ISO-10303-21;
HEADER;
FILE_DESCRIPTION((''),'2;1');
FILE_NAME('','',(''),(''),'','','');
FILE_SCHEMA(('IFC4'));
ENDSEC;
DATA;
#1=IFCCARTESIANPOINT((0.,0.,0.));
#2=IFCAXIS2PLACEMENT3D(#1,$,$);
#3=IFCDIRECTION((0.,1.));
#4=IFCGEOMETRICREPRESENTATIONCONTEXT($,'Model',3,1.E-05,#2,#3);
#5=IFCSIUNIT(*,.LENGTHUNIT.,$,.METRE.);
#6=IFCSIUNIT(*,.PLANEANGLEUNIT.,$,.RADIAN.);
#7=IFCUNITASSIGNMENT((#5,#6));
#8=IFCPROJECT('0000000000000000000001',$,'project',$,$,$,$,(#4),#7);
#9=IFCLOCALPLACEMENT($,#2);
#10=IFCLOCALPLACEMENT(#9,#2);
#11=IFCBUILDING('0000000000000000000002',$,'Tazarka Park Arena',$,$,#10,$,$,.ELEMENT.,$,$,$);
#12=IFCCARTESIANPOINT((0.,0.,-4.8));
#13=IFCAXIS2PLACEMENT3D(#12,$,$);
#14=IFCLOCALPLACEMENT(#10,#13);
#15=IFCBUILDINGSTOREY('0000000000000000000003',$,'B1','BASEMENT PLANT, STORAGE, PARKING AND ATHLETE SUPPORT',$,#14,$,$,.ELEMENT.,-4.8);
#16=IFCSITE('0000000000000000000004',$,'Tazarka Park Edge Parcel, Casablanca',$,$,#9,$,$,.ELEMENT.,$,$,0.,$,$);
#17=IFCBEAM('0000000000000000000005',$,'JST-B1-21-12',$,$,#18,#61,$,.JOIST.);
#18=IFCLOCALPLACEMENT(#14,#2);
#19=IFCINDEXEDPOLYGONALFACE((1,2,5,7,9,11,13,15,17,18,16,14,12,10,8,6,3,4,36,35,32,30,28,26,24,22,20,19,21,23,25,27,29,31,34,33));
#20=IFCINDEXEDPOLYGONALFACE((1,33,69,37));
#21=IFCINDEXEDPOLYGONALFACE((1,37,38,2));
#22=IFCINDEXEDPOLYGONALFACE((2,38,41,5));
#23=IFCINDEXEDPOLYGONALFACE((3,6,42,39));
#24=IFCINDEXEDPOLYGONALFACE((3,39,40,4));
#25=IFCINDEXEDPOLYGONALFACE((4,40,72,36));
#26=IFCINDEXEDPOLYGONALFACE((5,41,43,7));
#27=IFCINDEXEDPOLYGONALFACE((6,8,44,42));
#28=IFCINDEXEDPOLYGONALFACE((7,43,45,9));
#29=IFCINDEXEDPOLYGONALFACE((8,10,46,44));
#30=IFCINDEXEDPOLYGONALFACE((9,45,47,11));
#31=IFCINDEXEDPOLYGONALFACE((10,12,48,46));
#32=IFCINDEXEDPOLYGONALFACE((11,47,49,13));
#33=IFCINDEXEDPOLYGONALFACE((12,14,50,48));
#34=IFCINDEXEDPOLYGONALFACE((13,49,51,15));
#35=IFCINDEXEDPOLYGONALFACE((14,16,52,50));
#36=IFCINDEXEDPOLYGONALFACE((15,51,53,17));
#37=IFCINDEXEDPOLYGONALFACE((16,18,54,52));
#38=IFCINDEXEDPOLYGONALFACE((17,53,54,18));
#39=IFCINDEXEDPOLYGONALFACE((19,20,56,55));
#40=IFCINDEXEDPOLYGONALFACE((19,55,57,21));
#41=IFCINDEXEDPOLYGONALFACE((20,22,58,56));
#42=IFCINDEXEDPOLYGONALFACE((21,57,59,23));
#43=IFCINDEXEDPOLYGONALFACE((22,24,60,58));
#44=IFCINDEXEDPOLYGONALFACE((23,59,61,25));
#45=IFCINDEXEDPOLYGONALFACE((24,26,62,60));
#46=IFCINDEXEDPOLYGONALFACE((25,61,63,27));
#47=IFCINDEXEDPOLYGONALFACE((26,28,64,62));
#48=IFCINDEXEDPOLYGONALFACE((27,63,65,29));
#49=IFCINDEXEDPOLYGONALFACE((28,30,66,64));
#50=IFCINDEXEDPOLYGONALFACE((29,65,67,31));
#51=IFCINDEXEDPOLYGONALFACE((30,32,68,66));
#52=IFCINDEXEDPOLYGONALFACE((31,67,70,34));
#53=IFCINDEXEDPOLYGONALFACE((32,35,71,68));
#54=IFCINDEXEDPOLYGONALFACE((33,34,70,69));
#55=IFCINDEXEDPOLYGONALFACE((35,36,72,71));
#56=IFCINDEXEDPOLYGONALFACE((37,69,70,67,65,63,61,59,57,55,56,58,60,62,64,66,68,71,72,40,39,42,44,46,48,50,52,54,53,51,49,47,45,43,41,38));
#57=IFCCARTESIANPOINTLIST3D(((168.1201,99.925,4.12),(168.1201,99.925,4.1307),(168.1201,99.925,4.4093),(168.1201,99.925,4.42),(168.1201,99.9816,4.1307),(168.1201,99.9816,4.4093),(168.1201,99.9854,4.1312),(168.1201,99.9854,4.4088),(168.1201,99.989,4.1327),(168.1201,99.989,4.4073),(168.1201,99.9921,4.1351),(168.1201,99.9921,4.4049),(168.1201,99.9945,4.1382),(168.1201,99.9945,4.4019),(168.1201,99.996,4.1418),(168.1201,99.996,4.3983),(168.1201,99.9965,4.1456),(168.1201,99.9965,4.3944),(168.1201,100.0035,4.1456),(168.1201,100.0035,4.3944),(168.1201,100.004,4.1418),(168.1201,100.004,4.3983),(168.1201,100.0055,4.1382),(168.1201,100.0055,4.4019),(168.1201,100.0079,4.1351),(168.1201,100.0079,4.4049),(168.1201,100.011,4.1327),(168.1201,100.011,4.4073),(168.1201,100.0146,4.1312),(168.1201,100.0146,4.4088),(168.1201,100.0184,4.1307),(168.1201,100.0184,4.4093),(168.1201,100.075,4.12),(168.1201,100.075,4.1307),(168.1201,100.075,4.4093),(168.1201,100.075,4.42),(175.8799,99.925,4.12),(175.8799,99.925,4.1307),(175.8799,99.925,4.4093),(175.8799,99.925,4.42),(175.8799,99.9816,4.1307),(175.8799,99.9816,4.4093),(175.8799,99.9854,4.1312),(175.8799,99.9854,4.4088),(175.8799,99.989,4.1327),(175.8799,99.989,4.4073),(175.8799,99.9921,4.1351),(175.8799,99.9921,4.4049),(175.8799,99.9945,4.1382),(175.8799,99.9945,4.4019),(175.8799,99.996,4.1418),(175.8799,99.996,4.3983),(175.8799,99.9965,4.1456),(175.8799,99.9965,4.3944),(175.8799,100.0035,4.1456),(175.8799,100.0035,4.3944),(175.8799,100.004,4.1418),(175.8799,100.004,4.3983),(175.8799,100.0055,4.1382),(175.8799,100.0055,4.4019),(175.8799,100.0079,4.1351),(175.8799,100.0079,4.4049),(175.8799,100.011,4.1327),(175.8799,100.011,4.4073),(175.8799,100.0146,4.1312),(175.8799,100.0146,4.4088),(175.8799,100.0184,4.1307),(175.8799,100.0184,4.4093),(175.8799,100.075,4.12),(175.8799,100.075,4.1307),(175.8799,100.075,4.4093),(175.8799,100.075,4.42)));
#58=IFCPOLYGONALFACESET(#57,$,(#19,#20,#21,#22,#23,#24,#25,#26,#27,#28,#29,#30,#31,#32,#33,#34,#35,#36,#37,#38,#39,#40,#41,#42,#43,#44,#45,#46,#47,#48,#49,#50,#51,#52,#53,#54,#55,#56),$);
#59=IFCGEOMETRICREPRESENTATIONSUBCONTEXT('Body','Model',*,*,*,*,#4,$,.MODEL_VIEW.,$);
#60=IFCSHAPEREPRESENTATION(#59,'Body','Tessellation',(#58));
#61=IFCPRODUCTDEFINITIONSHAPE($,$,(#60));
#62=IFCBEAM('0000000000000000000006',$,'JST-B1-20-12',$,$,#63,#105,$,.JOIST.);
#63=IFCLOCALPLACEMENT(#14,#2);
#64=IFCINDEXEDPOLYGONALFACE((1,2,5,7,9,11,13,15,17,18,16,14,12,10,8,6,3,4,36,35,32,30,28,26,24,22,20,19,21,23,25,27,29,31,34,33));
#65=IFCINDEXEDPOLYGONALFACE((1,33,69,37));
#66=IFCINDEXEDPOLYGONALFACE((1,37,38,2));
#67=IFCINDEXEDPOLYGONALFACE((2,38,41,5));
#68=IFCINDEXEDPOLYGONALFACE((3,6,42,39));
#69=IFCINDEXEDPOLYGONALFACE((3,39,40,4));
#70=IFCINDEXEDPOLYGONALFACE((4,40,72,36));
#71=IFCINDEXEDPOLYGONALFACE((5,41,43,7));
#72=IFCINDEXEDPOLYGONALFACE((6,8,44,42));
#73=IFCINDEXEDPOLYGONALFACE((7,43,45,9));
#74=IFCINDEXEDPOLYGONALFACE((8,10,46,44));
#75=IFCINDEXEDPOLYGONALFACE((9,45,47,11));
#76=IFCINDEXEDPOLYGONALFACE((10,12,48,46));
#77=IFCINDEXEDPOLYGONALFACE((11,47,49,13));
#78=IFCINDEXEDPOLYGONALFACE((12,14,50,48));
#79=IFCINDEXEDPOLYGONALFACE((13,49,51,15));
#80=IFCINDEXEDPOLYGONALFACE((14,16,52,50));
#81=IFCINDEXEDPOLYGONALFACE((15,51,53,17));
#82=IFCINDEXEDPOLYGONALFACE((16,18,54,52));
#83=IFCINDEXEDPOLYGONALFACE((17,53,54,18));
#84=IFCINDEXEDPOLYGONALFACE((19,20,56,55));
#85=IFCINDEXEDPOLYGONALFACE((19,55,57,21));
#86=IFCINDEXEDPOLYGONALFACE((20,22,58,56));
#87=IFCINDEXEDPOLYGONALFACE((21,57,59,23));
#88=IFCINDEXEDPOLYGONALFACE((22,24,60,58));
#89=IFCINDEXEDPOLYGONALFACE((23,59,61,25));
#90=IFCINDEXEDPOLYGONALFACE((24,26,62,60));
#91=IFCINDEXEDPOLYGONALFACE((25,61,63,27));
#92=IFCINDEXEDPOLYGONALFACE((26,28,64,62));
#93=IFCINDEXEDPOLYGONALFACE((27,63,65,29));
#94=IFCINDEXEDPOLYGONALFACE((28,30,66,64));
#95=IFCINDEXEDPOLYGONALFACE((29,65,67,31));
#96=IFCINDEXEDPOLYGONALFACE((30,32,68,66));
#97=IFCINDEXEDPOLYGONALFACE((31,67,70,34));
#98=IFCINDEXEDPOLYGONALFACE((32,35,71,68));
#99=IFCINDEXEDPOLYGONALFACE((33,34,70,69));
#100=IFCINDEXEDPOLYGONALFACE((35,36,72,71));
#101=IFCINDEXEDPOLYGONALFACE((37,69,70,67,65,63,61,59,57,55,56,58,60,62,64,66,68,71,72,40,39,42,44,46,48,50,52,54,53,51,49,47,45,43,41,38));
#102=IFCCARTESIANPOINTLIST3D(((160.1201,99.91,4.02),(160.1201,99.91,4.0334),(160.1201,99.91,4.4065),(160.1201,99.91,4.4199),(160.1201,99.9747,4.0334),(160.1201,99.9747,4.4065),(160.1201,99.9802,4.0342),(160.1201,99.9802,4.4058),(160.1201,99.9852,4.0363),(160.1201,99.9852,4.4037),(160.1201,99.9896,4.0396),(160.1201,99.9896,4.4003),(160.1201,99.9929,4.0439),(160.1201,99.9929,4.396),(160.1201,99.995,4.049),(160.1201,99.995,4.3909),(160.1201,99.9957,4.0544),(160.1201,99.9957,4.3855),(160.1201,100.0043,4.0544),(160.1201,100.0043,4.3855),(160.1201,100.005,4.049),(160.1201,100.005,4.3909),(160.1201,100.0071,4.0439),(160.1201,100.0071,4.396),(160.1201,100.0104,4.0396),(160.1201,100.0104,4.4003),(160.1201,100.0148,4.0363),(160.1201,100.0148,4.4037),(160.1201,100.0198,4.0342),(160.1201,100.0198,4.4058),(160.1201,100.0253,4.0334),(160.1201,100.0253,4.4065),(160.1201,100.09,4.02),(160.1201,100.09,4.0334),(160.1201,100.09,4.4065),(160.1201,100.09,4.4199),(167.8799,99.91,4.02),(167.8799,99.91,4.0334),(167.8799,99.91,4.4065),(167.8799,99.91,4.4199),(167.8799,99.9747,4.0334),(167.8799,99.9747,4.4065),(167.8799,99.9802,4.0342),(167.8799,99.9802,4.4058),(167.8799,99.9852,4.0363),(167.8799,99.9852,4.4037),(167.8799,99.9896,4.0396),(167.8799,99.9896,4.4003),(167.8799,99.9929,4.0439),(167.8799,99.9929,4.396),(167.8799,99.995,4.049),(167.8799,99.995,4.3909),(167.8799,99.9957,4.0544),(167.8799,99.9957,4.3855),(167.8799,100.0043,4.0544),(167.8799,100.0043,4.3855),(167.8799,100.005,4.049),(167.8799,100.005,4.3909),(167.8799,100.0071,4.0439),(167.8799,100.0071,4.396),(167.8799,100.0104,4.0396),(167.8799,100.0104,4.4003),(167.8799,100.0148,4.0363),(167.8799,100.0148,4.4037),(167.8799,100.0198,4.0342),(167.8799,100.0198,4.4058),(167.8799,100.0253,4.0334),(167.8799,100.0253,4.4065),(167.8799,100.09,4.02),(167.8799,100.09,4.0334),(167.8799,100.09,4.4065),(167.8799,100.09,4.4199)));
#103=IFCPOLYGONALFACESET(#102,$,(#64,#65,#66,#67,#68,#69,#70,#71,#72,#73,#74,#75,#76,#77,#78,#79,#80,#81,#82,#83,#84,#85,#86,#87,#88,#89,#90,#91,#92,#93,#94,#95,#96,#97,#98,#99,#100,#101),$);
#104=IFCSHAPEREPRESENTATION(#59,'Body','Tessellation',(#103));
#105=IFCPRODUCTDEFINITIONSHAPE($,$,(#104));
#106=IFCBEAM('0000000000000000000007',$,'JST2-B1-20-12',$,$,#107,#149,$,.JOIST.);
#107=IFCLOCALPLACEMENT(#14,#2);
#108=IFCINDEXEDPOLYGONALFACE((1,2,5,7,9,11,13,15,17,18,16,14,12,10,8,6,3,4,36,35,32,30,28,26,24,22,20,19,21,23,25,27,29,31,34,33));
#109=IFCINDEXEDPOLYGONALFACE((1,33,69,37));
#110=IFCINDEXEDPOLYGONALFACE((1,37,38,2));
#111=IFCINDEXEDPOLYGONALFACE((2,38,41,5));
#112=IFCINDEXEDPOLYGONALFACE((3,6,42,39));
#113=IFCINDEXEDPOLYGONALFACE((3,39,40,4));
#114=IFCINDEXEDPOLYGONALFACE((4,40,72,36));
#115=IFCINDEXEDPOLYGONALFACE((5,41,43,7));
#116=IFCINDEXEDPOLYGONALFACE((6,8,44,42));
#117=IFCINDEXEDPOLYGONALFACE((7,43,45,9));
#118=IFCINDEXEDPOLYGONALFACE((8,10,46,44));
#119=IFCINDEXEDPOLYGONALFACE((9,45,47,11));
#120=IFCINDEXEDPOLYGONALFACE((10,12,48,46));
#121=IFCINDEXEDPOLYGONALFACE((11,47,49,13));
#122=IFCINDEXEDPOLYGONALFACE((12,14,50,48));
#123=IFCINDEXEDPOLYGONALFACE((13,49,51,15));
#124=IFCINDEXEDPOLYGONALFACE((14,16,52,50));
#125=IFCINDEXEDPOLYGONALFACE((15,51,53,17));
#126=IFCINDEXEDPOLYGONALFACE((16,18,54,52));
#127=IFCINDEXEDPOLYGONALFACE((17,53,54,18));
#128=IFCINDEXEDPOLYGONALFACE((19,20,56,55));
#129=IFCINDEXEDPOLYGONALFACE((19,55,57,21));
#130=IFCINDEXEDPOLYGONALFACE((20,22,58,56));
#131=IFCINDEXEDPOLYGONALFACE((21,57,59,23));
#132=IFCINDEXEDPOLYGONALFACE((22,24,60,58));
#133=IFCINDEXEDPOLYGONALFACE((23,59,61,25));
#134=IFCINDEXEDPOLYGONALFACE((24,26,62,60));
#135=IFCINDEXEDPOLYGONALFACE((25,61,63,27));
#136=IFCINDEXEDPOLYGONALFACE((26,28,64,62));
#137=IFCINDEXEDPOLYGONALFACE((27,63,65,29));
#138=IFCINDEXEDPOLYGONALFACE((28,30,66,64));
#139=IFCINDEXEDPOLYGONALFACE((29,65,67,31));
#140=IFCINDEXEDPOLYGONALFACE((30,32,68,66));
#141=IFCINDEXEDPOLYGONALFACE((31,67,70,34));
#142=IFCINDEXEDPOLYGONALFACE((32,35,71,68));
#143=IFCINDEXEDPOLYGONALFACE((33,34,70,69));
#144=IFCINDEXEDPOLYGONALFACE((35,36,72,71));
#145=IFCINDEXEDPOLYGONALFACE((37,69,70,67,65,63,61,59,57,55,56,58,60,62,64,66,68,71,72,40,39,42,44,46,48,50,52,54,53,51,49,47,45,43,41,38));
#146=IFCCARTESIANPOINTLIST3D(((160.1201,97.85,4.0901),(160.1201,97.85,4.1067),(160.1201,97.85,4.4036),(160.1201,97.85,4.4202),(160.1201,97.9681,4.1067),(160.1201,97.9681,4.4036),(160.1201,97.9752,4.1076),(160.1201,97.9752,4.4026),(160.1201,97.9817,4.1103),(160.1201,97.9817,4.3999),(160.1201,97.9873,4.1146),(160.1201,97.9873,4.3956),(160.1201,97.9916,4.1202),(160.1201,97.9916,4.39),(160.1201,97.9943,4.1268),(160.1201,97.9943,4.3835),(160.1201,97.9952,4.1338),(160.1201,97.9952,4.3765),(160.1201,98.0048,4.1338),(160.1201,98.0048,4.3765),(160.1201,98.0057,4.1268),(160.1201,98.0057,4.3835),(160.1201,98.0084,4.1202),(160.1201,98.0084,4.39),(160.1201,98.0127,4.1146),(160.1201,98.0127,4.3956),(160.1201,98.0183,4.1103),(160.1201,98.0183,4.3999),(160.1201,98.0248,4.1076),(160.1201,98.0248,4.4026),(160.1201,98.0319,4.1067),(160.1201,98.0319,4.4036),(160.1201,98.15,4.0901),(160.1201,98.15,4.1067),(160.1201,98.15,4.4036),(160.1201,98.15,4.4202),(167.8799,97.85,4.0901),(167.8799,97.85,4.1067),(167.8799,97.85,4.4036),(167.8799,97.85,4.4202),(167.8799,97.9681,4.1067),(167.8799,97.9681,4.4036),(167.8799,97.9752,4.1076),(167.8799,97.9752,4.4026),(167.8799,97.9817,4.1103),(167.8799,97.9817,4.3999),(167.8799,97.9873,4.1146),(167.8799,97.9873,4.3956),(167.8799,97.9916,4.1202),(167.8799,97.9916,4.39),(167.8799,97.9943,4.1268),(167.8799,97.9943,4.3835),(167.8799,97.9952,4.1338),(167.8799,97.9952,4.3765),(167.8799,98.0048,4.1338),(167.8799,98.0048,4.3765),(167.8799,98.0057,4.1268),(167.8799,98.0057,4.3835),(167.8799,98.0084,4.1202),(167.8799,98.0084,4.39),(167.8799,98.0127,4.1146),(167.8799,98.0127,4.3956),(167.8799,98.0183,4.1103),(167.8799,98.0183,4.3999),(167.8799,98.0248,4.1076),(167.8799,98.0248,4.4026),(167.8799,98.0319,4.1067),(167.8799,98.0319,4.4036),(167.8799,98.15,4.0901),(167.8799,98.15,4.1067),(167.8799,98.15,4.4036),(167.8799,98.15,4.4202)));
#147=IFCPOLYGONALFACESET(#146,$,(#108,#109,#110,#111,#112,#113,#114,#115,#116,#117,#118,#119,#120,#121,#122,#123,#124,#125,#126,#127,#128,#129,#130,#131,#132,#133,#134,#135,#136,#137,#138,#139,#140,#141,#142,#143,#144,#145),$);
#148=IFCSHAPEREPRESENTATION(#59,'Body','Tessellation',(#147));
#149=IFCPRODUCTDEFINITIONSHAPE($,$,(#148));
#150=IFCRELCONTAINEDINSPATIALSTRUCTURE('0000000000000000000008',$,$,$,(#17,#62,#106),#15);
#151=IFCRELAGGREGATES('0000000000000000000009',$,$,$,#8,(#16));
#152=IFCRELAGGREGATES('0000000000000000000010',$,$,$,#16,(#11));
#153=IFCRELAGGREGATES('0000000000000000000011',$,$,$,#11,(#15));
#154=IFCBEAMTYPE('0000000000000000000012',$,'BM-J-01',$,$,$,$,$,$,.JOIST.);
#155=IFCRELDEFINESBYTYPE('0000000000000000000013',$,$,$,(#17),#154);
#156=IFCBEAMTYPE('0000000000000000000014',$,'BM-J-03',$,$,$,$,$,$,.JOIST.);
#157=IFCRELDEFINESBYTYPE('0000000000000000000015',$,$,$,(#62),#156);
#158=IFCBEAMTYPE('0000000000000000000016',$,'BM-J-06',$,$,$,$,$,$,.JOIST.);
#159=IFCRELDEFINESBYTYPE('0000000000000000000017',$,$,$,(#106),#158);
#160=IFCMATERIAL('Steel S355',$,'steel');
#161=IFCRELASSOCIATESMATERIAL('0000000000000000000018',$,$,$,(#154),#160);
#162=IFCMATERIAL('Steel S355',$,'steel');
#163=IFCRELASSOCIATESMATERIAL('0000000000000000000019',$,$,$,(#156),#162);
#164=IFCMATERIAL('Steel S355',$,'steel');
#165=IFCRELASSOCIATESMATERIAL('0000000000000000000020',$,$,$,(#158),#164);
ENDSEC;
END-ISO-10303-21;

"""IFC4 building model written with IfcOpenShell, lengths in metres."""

from ifc_helpers import new_model, si_unit, direction, frame, origin, origin_2d, place, context, subcontext, project, spatial, i_section, extrude, material, material_profile, profile_set, type_object, element, save


model = new_model("IFC4")

# Units and contexts
model_context = context("Model", 3, precision=1e-05, world=origin(), true_north=direction((0.0, 1.0)))
body_context = subcontext(model_context, "Body", "Model", "MODEL_VIEW")
ifc_project = project(units=[si_unit("LENGTHUNIT", "METRE"), si_unit("PLANEANGLEUNIT", "RADIAN")], contexts=[model_context])

# Site, building, storey
site_placement = place(None, origin())
site = spatial("IfcSite", under=ifc_project, at=site_placement, Name="Tazarka Park Edge Parcel, Casablanca", CompositionType="ELEMENT", RefElevation=0.0)
building_placement = place(site_placement, origin())
building = spatial("IfcBuilding", under=site, at=building_placement, Name="Tazarka Park Arena", CompositionType="ELEMENT")
storey_placement = place(building_placement, frame((0.0, 0.0, -4.8)))
storey = spatial("IfcBuildingStorey", under=building, at=storey_placement, Name="B1", Description="BASEMENT PLANT, STORAGE, PARKING AND ATHLETE SUPPORT", CompositionType="ELEMENT", Elevation=-4.8)

# Beams
ifc_material_1 = material(Name="Steel S355", Category="steel")
ifc_material_profile_1 = material_profile(ifc_material_1, i_section(OverallWidth=0.1499, OverallDepth=0.3, WebThickness=0.0071, FlangeThickness=0.0107, FilletRadius=0.0149, at=origin_2d()), Name="Steel S355")
ifc_profile_set_1 = profile_set([ifc_material_profile_1], Name="Steel S355")
beam_type_1 = type_object("IfcBeamType", Name="BM-J-01", PredefinedType="JOIST", material=ifc_profile_set_1)
beam_1_placement = place(storey_placement, frame((168.1201, 100.0, 4.27), z_axis=(1.0, 0.0, 0.0), x_axis=(0.0, 1.0, 0.0)))
element("IfcBeam", 1, at=beam_1_placement, inside=storey, type_object=beam_type_1, Name="JST-B1-21-12", PredefinedType="JOIST", context=body_context, shape_type="SweptSolid", body=[
    extrude(i_section(OverallWidth=0.1499, OverallDepth=0.3, WebThickness=0.0071, FlangeThickness=0.0107, FilletRadius=0.0149, at=origin_2d()), origin(), (0.0, 0.0, 1.0), 7.7598),
])
ifc_material_2 = material(Name="Steel S355", Category="steel")
ifc_material_profile_2 = material_profile(ifc_material_2, i_section(OverallWidth=0.1799, OverallDepth=0.3999, WebThickness=0.0085, FlangeThickness=0.0134, FilletRadius=0.021, at=origin_2d()), Name="Steel S355")
ifc_profile_set_2 = profile_set([ifc_material_profile_2], Name="Steel S355")
beam_type_2 = type_object("IfcBeamType", Name="BM-J-03", PredefinedType="JOIST", material=ifc_profile_set_2)
beam_2_placement = place(storey_placement, frame((160.1201, 100.0, 4.22), z_axis=(1.0, 0.0, 0.0), x_axis=(0.0, 1.0, 0.0)))
element("IfcBeam", 2, at=beam_2_placement, inside=storey, type_object=beam_type_2, Name="JST-B1-20-12", PredefinedType="JOIST", context=body_context, shape_type="SweptSolid", body=[
    extrude(i_section(OverallWidth=0.1799, OverallDepth=0.3999, WebThickness=0.0085, FlangeThickness=0.0134, FilletRadius=0.021, at=origin_2d()), origin(), (0.0, 0.0, 1.0), 7.7598),
])
ifc_material_3 = material(Name="Steel S355", Category="steel")
ifc_material_profile_3 = material_profile(ifc_material_3, i_section(OverallWidth=0.3, OverallDepth=0.3301, WebThickness=0.0095, FlangeThickness=0.0166, FilletRadius=0.0271, at=origin_2d()), Name="Steel S355")
ifc_profile_set_3 = profile_set([ifc_material_profile_3], Name="Steel S355")
beam_type_3 = type_object("IfcBeamType", Name="BM-J-06", PredefinedType="JOIST", material=ifc_profile_set_3)
beam_3_placement = place(storey_placement, frame((160.1201, 98.0, 4.2551), z_axis=(1.0, 0.0, 0.0), x_axis=(0.0, 1.0, 0.0)))
element("IfcBeam", 3, at=beam_3_placement, inside=storey, type_object=beam_type_3, Name="JST2-B1-20-12", PredefinedType="JOIST", context=body_context, shape_type="SweptSolid", body=[
    extrude(i_section(OverallWidth=0.3, OverallDepth=0.3301, WebThickness=0.0095, FlangeThickness=0.0166, FilletRadius=0.0271, at=origin_2d()), origin(), (0.0, 0.0, 1.0), 7.7598),
])

save(model, "model.ifc")
